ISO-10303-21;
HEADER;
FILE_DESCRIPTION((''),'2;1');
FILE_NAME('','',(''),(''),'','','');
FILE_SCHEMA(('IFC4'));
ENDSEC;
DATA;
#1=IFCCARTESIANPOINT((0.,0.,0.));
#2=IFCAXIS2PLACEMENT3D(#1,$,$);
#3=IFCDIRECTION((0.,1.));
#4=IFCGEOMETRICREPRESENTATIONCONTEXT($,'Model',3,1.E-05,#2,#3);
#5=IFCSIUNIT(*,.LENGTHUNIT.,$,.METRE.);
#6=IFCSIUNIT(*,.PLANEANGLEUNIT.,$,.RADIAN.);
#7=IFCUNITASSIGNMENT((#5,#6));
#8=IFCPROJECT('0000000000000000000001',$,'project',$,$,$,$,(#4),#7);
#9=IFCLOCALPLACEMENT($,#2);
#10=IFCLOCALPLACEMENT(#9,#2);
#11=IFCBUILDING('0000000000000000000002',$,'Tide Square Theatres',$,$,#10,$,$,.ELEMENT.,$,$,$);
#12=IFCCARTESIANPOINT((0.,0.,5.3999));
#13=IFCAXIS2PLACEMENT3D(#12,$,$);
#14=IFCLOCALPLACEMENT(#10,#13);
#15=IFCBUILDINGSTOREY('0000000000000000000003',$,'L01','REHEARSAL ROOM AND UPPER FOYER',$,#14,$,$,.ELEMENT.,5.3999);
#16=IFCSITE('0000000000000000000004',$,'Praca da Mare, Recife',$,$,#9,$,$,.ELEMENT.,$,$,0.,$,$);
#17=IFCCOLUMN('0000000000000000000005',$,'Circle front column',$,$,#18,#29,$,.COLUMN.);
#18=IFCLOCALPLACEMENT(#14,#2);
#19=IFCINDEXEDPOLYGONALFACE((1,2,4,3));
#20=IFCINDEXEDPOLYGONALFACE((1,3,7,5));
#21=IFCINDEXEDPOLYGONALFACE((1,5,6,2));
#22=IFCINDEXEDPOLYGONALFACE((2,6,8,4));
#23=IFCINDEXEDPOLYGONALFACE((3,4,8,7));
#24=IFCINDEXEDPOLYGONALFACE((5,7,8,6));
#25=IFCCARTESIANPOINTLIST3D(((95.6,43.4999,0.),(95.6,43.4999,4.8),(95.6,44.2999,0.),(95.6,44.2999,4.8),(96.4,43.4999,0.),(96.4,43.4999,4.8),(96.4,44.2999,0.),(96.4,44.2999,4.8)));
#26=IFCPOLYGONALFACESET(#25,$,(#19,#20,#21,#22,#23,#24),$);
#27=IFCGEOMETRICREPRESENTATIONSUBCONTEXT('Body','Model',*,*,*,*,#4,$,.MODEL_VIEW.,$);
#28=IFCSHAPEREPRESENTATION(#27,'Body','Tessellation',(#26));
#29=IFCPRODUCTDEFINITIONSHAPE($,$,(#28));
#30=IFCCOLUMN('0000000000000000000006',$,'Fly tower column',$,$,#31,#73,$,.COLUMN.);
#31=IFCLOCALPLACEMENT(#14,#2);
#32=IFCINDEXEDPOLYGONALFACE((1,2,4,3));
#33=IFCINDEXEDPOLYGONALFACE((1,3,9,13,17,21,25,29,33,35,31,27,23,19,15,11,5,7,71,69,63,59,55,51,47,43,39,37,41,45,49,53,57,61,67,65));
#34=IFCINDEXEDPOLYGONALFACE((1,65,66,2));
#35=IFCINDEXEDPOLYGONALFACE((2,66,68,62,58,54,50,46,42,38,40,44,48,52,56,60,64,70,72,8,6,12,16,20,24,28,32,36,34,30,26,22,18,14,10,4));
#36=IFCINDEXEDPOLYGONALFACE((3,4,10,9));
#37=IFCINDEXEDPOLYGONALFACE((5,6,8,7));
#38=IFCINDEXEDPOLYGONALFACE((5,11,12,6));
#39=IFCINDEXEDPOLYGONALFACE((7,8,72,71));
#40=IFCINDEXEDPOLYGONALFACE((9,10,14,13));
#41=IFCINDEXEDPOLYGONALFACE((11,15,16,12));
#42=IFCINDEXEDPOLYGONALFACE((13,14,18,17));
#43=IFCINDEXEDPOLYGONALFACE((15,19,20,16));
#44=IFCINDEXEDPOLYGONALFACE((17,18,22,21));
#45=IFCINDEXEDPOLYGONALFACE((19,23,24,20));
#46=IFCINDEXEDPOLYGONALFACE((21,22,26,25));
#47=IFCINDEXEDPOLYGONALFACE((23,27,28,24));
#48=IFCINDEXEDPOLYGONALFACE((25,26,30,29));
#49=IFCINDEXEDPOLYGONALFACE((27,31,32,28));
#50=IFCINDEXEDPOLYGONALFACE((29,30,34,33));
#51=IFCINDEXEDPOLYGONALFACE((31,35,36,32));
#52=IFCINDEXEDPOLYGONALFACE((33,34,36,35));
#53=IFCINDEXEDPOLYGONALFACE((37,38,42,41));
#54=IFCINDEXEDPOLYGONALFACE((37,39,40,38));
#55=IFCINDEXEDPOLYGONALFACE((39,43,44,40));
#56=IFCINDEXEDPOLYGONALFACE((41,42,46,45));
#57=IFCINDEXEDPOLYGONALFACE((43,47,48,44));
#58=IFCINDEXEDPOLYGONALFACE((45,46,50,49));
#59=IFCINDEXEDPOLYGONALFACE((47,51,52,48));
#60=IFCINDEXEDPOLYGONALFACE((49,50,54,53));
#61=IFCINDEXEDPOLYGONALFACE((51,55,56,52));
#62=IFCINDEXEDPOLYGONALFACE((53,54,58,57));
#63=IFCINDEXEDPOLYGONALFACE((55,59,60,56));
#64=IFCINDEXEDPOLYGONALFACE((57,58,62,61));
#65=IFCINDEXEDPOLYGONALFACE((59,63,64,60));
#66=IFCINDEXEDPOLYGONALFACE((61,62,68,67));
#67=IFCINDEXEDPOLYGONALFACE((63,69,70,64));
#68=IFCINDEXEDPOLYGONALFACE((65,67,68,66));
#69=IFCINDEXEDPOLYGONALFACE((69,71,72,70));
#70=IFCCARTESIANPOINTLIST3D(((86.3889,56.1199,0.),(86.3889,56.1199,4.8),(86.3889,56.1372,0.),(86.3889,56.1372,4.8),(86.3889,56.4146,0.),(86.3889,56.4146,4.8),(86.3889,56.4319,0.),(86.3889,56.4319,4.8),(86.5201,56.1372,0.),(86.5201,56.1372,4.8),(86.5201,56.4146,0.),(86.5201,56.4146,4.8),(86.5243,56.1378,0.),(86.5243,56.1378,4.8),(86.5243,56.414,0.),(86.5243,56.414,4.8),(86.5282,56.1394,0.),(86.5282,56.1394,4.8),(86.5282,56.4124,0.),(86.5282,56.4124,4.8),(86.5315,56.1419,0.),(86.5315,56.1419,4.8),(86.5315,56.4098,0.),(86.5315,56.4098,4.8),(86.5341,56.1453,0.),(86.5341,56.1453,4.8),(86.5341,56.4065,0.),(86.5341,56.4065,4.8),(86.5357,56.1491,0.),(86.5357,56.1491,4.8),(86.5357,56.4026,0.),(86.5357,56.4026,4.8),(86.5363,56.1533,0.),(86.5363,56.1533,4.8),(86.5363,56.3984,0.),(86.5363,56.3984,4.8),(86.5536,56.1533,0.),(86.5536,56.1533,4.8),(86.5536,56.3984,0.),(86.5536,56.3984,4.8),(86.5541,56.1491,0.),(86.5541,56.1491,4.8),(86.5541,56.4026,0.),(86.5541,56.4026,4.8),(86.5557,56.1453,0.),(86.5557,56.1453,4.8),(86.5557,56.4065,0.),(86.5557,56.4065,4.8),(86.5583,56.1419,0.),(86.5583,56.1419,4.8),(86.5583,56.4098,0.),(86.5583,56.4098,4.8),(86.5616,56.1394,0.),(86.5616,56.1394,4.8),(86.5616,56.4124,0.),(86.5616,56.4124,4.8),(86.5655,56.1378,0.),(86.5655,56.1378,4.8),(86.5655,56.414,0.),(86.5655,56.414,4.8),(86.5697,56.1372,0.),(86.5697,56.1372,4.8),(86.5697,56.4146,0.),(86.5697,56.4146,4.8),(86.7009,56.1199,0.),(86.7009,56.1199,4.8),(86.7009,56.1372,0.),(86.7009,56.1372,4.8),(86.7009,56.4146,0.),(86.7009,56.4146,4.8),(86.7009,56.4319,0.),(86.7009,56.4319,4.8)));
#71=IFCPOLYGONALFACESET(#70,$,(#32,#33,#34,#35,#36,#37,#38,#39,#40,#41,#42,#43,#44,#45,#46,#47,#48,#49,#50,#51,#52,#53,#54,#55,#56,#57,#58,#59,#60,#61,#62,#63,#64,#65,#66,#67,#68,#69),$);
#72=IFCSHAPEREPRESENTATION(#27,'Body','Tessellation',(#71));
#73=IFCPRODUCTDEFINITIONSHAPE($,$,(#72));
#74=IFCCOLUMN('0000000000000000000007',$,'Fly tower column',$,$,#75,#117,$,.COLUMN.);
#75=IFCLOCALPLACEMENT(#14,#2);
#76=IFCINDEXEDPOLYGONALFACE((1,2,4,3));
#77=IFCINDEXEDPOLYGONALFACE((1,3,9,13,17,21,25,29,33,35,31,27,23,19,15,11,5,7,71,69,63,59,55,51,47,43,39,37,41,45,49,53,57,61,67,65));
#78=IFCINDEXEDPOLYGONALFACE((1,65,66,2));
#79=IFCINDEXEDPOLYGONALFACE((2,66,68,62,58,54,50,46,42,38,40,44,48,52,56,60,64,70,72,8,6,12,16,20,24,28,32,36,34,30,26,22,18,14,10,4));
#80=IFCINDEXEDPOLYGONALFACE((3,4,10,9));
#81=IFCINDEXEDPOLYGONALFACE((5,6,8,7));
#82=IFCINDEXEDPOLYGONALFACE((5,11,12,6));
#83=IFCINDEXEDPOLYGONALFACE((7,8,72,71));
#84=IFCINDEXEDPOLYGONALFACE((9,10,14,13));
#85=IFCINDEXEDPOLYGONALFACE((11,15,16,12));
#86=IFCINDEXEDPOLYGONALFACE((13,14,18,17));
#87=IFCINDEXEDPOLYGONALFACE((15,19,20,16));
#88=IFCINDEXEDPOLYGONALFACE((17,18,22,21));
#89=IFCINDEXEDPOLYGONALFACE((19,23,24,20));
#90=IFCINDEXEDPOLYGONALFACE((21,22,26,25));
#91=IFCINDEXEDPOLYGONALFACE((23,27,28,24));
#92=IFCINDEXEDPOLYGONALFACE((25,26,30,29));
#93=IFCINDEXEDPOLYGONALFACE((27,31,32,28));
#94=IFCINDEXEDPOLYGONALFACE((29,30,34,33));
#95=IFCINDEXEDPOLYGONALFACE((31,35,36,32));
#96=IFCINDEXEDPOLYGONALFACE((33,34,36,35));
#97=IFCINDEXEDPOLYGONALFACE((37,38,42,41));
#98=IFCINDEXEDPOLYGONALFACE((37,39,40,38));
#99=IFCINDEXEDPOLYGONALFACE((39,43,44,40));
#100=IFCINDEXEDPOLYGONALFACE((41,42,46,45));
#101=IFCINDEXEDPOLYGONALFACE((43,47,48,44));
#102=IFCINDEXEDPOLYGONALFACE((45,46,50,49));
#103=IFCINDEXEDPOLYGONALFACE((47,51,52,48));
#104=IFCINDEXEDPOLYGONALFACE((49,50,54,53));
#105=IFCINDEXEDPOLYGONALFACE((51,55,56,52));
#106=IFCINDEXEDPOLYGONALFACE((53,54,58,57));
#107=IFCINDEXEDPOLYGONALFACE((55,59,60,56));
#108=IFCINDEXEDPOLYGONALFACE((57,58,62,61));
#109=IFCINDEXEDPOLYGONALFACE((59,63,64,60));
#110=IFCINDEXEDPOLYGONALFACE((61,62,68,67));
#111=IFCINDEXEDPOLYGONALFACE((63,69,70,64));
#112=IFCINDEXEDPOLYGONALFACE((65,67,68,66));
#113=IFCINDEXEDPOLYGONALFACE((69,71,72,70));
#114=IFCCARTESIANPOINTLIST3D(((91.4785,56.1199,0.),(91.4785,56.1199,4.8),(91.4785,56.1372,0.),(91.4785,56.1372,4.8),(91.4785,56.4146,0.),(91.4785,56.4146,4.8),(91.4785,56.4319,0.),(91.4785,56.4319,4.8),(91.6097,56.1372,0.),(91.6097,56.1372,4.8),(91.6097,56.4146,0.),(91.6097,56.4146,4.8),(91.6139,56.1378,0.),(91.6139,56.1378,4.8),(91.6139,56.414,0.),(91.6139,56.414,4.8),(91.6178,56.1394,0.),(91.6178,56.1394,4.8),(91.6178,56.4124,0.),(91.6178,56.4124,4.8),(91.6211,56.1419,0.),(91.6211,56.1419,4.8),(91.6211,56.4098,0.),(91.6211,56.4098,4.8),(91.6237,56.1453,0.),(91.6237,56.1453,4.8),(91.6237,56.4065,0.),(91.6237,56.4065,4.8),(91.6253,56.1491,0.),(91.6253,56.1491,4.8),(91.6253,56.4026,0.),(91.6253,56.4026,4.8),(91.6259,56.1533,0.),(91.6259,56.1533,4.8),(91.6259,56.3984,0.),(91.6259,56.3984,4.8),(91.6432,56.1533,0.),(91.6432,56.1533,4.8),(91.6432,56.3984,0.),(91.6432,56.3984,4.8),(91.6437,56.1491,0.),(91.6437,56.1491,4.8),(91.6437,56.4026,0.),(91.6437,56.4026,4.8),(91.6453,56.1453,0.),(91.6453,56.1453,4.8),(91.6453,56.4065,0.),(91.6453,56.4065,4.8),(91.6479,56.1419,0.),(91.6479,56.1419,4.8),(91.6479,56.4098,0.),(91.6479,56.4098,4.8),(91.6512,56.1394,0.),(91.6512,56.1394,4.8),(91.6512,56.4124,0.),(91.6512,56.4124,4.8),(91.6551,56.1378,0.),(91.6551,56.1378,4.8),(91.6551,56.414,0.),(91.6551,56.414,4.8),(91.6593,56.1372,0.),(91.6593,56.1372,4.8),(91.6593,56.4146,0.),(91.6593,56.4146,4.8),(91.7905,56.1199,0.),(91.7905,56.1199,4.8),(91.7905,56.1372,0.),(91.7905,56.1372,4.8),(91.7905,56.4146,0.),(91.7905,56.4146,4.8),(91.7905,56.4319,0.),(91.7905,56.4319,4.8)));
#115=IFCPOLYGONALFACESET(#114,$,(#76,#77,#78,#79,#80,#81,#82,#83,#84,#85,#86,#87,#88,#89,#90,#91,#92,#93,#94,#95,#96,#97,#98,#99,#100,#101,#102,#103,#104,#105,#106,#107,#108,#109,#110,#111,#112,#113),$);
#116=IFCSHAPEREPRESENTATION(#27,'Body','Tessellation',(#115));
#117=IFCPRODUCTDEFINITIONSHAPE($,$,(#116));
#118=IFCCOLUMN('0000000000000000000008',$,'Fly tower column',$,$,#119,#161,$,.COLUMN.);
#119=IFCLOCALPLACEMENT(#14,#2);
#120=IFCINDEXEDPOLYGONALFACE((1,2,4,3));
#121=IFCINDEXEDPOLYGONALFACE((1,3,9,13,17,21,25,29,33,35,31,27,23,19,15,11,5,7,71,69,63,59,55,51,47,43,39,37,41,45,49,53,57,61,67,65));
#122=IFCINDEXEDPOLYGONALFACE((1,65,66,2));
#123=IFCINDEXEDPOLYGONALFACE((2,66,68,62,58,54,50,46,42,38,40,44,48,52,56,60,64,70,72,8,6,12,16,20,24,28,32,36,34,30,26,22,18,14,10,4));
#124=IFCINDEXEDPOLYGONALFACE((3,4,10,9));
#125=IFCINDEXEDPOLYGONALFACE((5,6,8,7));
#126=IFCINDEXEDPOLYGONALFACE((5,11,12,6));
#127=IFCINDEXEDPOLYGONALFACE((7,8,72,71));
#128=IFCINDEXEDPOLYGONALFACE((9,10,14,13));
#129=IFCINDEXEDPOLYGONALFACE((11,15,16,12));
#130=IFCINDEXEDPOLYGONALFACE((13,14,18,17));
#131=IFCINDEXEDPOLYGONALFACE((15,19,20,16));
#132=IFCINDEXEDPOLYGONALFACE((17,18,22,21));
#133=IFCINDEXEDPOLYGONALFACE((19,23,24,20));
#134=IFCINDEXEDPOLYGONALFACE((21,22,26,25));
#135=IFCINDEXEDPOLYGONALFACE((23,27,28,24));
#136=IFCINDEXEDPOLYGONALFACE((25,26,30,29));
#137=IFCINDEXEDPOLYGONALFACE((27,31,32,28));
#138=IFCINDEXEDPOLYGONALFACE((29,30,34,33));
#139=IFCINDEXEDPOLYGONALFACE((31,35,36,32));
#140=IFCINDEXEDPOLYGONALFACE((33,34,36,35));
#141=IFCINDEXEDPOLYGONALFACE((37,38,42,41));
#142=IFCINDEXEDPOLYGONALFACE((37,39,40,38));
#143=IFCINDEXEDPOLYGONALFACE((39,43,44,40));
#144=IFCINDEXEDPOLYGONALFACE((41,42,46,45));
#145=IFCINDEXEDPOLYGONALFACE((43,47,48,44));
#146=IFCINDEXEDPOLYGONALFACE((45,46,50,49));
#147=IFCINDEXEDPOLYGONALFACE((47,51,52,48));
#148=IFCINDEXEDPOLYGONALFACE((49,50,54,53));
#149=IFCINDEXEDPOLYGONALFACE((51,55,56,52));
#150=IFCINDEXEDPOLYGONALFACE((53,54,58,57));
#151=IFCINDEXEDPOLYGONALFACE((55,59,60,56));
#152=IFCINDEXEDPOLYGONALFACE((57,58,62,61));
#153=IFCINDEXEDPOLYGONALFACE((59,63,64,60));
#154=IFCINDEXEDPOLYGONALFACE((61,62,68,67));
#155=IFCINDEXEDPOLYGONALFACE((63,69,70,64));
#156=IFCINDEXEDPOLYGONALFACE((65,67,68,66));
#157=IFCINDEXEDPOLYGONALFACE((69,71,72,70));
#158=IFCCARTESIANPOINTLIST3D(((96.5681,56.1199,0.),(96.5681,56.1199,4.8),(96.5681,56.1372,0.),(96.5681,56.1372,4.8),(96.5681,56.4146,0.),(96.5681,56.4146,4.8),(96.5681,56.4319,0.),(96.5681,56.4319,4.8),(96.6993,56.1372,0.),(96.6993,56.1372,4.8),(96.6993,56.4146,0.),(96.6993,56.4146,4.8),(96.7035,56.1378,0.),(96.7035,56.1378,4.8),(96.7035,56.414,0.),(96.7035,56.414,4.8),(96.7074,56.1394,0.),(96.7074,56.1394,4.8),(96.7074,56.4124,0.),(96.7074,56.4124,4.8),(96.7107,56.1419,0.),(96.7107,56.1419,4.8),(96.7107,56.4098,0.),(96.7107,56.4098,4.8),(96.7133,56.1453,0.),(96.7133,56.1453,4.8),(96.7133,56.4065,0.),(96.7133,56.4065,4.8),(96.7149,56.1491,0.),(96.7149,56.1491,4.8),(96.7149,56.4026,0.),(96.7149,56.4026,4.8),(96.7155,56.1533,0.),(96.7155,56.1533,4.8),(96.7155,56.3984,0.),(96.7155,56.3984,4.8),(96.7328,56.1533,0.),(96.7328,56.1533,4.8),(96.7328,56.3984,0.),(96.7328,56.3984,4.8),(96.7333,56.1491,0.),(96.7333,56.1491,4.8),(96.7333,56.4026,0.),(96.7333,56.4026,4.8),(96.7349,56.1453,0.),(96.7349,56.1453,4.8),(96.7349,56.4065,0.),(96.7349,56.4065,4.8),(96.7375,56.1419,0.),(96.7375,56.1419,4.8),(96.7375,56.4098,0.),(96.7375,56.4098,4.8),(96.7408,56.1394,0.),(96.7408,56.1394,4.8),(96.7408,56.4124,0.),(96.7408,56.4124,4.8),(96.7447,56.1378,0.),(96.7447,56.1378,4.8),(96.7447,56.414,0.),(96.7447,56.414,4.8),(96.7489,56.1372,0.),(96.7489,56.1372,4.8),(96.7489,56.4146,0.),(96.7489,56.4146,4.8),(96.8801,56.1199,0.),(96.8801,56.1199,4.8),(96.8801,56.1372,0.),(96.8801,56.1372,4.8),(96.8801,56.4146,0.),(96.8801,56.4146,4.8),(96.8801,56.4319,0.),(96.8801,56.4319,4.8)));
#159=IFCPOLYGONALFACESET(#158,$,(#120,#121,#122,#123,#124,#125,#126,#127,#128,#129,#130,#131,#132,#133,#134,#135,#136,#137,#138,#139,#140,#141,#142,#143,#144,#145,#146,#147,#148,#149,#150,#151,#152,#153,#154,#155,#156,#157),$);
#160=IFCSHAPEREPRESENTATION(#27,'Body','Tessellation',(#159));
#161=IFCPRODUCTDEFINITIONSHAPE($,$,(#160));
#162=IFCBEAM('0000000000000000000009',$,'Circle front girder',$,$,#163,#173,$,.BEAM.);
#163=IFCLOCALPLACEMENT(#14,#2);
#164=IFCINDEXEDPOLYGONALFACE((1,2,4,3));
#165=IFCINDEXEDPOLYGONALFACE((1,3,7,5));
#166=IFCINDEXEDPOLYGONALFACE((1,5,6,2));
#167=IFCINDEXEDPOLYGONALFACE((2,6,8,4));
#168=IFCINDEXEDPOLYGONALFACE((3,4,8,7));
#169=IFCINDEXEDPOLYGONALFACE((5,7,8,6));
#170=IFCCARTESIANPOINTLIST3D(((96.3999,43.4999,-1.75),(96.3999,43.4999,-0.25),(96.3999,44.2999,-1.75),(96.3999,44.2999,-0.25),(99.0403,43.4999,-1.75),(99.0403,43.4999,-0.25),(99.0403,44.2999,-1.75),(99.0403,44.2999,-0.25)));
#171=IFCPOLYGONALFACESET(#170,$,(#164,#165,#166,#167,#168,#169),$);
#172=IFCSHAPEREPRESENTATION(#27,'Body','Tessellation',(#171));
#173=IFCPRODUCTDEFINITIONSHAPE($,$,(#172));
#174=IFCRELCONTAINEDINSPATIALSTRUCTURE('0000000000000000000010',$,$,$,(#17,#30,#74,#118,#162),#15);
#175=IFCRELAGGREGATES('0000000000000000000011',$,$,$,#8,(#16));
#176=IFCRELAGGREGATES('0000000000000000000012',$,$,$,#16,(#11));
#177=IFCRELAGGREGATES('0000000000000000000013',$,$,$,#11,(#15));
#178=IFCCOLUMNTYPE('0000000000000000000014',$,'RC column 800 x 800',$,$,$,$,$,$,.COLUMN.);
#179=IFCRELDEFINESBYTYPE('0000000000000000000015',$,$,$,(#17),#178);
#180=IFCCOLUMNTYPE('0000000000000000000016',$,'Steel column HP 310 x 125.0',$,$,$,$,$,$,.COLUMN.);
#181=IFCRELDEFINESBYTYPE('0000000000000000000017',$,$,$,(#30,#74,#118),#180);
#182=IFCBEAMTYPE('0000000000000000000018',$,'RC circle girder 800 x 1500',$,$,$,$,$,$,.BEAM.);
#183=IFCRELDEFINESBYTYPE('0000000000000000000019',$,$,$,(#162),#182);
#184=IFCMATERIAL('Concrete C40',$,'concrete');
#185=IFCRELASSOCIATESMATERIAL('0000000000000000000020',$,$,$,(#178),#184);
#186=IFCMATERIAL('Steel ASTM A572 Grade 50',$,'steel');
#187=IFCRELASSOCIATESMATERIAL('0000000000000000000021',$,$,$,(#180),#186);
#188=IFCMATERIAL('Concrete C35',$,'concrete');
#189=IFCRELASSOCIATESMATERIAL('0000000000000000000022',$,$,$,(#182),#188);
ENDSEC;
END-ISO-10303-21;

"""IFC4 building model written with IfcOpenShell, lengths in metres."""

from ifc_helpers import new_model, si_unit, direction, frame, origin, origin_2d, place, context, subcontext, project, spatial, rectangle, i_section, extrude, material, material_profile, profile_set, type_object, element, save


model = new_model("IFC4")

# Units and contexts
model_context = context("Model", 3, precision=1e-05, world=origin(), true_north=direction((0.0, 1.0)))
body_context = subcontext(model_context, "Body", "Model", "MODEL_VIEW")
ifc_project = project(units=[si_unit("LENGTHUNIT", "METRE"), si_unit("PLANEANGLEUNIT", "RADIAN")], contexts=[model_context])

# Site, building, storey
site_placement = place(None, origin())
site = spatial("IfcSite", under=ifc_project, at=site_placement, Name="Praca da Mare, Recife", CompositionType="ELEMENT", RefElevation=0.0)
building_placement = place(site_placement, origin())
building = spatial("IfcBuilding", under=site, at=building_placement, Name="Tide Square Theatres", CompositionType="ELEMENT")
storey_placement = place(building_placement, frame((0.0, 0.0, 5.3999)))
storey = spatial("IfcBuildingStorey", under=building, at=storey_placement, Name="L01", Description="REHEARSAL ROOM AND UPPER FOYER", CompositionType="ELEMENT", Elevation=5.3999)

# Columns
ifc_material_1 = material(Name="Concrete C40", Category="concrete")
ifc_material_profile_1 = material_profile(ifc_material_1, rectangle(XDim=0.8, YDim=0.8, at=origin_2d()))
ifc_profile_set_1 = profile_set([ifc_material_profile_1], Name="Concrete C40")
column_type_1 = type_object("IfcColumnType", Name="RC column 800 x 800", PredefinedType="COLUMN", material=ifc_profile_set_1)
column_placement = place(storey_placement, frame((96.0, 43.8999, 0.0), z_axis=(0.0, 0.0, 1.0), x_axis=(1.0, 0.0, 0.0)))
element("IfcColumn", 1, at=column_placement, inside=storey, type_object=column_type_1, Name="Circle front column", PredefinedType="COLUMN", context=body_context, shape_type="SweptSolid", body=[
    extrude(rectangle(XDim=0.8, YDim=0.8, at=origin_2d()), origin(), (0.0, 0.0, 1.0), 4.8),
])
ifc_material_2 = material(Name="Steel ASTM A572 Grade 50", Category="steel")
ifc_material_profile_2 = material_profile(ifc_material_2, i_section(OverallWidth=0.312, OverallDepth=0.312, WebThickness=0.0173, FlangeThickness=0.0173, FilletRadius=0.0161, at=origin_2d()))
ifc_profile_set_2 = profile_set([ifc_material_profile_2], Name="Steel ASTM A572 Grade 50")
column_type_2 = type_object("IfcColumnType", Name="Steel column HP 310 x 125.0", PredefinedType="COLUMN", material=ifc_profile_set_2)
for number, where, z_axis, x_axis, name in (
    (2, (86.5449, 56.2759, 0.0), (0.0, 0.0, 1.0), (1.0, 0.0, 0.0), "Fly tower column"),
    (3, (91.6345, 56.2759, 0.0), (0.0, 0.0, 1.0), (1.0, 0.0, 0.0), "Fly tower column"),
    (4, (96.7241, 56.2759, 0.0), (0.0, 0.0, 1.0), (1.0, 0.0, 0.0), "Fly tower column"),
):
    element("IfcColumn", number, at=place(storey_placement, frame(where, z_axis=z_axis, x_axis=x_axis)), inside=storey, type_object=column_type_2, Name=name, PredefinedType="COLUMN", context=body_context, shape_type="SweptSolid", body=[
        extrude(i_section(OverallWidth=0.312, OverallDepth=0.312, WebThickness=0.0173, FlangeThickness=0.0173, FilletRadius=0.0161, at=origin_2d()), origin(), (0.0, 0.0, 1.0), 4.8),
    ])

# Beam
ifc_material_3 = material(Name="Concrete C35", Category="concrete")
ifc_material_profile_3 = material_profile(ifc_material_3, rectangle(XDim=0.8, YDim=1.5, at=origin_2d()))
ifc_profile_set_3 = profile_set([ifc_material_profile_3], Name="Concrete C35")
beam_type_1 = type_object("IfcBeamType", Name="RC circle girder 800 x 1500", PredefinedType="BEAM", material=ifc_profile_set_3)
beam_placement = place(storey_placement, frame((96.3999, 43.8999, -1.0), z_axis=(1.0, 0.0, 0.0), x_axis=(0.0, 1.0, 0.0)))
element("IfcBeam", 5, at=beam_placement, inside=storey, type_object=beam_type_1, Name="Circle front girder", PredefinedType="BEAM", context=body_context, shape_type="SweptSolid", body=[
    extrude(rectangle(XDim=0.8, YDim=1.5, at=origin_2d()), origin(), (0.0, 0.0, 1.0), 2.6404),
])

save(model, "model.ifc")
